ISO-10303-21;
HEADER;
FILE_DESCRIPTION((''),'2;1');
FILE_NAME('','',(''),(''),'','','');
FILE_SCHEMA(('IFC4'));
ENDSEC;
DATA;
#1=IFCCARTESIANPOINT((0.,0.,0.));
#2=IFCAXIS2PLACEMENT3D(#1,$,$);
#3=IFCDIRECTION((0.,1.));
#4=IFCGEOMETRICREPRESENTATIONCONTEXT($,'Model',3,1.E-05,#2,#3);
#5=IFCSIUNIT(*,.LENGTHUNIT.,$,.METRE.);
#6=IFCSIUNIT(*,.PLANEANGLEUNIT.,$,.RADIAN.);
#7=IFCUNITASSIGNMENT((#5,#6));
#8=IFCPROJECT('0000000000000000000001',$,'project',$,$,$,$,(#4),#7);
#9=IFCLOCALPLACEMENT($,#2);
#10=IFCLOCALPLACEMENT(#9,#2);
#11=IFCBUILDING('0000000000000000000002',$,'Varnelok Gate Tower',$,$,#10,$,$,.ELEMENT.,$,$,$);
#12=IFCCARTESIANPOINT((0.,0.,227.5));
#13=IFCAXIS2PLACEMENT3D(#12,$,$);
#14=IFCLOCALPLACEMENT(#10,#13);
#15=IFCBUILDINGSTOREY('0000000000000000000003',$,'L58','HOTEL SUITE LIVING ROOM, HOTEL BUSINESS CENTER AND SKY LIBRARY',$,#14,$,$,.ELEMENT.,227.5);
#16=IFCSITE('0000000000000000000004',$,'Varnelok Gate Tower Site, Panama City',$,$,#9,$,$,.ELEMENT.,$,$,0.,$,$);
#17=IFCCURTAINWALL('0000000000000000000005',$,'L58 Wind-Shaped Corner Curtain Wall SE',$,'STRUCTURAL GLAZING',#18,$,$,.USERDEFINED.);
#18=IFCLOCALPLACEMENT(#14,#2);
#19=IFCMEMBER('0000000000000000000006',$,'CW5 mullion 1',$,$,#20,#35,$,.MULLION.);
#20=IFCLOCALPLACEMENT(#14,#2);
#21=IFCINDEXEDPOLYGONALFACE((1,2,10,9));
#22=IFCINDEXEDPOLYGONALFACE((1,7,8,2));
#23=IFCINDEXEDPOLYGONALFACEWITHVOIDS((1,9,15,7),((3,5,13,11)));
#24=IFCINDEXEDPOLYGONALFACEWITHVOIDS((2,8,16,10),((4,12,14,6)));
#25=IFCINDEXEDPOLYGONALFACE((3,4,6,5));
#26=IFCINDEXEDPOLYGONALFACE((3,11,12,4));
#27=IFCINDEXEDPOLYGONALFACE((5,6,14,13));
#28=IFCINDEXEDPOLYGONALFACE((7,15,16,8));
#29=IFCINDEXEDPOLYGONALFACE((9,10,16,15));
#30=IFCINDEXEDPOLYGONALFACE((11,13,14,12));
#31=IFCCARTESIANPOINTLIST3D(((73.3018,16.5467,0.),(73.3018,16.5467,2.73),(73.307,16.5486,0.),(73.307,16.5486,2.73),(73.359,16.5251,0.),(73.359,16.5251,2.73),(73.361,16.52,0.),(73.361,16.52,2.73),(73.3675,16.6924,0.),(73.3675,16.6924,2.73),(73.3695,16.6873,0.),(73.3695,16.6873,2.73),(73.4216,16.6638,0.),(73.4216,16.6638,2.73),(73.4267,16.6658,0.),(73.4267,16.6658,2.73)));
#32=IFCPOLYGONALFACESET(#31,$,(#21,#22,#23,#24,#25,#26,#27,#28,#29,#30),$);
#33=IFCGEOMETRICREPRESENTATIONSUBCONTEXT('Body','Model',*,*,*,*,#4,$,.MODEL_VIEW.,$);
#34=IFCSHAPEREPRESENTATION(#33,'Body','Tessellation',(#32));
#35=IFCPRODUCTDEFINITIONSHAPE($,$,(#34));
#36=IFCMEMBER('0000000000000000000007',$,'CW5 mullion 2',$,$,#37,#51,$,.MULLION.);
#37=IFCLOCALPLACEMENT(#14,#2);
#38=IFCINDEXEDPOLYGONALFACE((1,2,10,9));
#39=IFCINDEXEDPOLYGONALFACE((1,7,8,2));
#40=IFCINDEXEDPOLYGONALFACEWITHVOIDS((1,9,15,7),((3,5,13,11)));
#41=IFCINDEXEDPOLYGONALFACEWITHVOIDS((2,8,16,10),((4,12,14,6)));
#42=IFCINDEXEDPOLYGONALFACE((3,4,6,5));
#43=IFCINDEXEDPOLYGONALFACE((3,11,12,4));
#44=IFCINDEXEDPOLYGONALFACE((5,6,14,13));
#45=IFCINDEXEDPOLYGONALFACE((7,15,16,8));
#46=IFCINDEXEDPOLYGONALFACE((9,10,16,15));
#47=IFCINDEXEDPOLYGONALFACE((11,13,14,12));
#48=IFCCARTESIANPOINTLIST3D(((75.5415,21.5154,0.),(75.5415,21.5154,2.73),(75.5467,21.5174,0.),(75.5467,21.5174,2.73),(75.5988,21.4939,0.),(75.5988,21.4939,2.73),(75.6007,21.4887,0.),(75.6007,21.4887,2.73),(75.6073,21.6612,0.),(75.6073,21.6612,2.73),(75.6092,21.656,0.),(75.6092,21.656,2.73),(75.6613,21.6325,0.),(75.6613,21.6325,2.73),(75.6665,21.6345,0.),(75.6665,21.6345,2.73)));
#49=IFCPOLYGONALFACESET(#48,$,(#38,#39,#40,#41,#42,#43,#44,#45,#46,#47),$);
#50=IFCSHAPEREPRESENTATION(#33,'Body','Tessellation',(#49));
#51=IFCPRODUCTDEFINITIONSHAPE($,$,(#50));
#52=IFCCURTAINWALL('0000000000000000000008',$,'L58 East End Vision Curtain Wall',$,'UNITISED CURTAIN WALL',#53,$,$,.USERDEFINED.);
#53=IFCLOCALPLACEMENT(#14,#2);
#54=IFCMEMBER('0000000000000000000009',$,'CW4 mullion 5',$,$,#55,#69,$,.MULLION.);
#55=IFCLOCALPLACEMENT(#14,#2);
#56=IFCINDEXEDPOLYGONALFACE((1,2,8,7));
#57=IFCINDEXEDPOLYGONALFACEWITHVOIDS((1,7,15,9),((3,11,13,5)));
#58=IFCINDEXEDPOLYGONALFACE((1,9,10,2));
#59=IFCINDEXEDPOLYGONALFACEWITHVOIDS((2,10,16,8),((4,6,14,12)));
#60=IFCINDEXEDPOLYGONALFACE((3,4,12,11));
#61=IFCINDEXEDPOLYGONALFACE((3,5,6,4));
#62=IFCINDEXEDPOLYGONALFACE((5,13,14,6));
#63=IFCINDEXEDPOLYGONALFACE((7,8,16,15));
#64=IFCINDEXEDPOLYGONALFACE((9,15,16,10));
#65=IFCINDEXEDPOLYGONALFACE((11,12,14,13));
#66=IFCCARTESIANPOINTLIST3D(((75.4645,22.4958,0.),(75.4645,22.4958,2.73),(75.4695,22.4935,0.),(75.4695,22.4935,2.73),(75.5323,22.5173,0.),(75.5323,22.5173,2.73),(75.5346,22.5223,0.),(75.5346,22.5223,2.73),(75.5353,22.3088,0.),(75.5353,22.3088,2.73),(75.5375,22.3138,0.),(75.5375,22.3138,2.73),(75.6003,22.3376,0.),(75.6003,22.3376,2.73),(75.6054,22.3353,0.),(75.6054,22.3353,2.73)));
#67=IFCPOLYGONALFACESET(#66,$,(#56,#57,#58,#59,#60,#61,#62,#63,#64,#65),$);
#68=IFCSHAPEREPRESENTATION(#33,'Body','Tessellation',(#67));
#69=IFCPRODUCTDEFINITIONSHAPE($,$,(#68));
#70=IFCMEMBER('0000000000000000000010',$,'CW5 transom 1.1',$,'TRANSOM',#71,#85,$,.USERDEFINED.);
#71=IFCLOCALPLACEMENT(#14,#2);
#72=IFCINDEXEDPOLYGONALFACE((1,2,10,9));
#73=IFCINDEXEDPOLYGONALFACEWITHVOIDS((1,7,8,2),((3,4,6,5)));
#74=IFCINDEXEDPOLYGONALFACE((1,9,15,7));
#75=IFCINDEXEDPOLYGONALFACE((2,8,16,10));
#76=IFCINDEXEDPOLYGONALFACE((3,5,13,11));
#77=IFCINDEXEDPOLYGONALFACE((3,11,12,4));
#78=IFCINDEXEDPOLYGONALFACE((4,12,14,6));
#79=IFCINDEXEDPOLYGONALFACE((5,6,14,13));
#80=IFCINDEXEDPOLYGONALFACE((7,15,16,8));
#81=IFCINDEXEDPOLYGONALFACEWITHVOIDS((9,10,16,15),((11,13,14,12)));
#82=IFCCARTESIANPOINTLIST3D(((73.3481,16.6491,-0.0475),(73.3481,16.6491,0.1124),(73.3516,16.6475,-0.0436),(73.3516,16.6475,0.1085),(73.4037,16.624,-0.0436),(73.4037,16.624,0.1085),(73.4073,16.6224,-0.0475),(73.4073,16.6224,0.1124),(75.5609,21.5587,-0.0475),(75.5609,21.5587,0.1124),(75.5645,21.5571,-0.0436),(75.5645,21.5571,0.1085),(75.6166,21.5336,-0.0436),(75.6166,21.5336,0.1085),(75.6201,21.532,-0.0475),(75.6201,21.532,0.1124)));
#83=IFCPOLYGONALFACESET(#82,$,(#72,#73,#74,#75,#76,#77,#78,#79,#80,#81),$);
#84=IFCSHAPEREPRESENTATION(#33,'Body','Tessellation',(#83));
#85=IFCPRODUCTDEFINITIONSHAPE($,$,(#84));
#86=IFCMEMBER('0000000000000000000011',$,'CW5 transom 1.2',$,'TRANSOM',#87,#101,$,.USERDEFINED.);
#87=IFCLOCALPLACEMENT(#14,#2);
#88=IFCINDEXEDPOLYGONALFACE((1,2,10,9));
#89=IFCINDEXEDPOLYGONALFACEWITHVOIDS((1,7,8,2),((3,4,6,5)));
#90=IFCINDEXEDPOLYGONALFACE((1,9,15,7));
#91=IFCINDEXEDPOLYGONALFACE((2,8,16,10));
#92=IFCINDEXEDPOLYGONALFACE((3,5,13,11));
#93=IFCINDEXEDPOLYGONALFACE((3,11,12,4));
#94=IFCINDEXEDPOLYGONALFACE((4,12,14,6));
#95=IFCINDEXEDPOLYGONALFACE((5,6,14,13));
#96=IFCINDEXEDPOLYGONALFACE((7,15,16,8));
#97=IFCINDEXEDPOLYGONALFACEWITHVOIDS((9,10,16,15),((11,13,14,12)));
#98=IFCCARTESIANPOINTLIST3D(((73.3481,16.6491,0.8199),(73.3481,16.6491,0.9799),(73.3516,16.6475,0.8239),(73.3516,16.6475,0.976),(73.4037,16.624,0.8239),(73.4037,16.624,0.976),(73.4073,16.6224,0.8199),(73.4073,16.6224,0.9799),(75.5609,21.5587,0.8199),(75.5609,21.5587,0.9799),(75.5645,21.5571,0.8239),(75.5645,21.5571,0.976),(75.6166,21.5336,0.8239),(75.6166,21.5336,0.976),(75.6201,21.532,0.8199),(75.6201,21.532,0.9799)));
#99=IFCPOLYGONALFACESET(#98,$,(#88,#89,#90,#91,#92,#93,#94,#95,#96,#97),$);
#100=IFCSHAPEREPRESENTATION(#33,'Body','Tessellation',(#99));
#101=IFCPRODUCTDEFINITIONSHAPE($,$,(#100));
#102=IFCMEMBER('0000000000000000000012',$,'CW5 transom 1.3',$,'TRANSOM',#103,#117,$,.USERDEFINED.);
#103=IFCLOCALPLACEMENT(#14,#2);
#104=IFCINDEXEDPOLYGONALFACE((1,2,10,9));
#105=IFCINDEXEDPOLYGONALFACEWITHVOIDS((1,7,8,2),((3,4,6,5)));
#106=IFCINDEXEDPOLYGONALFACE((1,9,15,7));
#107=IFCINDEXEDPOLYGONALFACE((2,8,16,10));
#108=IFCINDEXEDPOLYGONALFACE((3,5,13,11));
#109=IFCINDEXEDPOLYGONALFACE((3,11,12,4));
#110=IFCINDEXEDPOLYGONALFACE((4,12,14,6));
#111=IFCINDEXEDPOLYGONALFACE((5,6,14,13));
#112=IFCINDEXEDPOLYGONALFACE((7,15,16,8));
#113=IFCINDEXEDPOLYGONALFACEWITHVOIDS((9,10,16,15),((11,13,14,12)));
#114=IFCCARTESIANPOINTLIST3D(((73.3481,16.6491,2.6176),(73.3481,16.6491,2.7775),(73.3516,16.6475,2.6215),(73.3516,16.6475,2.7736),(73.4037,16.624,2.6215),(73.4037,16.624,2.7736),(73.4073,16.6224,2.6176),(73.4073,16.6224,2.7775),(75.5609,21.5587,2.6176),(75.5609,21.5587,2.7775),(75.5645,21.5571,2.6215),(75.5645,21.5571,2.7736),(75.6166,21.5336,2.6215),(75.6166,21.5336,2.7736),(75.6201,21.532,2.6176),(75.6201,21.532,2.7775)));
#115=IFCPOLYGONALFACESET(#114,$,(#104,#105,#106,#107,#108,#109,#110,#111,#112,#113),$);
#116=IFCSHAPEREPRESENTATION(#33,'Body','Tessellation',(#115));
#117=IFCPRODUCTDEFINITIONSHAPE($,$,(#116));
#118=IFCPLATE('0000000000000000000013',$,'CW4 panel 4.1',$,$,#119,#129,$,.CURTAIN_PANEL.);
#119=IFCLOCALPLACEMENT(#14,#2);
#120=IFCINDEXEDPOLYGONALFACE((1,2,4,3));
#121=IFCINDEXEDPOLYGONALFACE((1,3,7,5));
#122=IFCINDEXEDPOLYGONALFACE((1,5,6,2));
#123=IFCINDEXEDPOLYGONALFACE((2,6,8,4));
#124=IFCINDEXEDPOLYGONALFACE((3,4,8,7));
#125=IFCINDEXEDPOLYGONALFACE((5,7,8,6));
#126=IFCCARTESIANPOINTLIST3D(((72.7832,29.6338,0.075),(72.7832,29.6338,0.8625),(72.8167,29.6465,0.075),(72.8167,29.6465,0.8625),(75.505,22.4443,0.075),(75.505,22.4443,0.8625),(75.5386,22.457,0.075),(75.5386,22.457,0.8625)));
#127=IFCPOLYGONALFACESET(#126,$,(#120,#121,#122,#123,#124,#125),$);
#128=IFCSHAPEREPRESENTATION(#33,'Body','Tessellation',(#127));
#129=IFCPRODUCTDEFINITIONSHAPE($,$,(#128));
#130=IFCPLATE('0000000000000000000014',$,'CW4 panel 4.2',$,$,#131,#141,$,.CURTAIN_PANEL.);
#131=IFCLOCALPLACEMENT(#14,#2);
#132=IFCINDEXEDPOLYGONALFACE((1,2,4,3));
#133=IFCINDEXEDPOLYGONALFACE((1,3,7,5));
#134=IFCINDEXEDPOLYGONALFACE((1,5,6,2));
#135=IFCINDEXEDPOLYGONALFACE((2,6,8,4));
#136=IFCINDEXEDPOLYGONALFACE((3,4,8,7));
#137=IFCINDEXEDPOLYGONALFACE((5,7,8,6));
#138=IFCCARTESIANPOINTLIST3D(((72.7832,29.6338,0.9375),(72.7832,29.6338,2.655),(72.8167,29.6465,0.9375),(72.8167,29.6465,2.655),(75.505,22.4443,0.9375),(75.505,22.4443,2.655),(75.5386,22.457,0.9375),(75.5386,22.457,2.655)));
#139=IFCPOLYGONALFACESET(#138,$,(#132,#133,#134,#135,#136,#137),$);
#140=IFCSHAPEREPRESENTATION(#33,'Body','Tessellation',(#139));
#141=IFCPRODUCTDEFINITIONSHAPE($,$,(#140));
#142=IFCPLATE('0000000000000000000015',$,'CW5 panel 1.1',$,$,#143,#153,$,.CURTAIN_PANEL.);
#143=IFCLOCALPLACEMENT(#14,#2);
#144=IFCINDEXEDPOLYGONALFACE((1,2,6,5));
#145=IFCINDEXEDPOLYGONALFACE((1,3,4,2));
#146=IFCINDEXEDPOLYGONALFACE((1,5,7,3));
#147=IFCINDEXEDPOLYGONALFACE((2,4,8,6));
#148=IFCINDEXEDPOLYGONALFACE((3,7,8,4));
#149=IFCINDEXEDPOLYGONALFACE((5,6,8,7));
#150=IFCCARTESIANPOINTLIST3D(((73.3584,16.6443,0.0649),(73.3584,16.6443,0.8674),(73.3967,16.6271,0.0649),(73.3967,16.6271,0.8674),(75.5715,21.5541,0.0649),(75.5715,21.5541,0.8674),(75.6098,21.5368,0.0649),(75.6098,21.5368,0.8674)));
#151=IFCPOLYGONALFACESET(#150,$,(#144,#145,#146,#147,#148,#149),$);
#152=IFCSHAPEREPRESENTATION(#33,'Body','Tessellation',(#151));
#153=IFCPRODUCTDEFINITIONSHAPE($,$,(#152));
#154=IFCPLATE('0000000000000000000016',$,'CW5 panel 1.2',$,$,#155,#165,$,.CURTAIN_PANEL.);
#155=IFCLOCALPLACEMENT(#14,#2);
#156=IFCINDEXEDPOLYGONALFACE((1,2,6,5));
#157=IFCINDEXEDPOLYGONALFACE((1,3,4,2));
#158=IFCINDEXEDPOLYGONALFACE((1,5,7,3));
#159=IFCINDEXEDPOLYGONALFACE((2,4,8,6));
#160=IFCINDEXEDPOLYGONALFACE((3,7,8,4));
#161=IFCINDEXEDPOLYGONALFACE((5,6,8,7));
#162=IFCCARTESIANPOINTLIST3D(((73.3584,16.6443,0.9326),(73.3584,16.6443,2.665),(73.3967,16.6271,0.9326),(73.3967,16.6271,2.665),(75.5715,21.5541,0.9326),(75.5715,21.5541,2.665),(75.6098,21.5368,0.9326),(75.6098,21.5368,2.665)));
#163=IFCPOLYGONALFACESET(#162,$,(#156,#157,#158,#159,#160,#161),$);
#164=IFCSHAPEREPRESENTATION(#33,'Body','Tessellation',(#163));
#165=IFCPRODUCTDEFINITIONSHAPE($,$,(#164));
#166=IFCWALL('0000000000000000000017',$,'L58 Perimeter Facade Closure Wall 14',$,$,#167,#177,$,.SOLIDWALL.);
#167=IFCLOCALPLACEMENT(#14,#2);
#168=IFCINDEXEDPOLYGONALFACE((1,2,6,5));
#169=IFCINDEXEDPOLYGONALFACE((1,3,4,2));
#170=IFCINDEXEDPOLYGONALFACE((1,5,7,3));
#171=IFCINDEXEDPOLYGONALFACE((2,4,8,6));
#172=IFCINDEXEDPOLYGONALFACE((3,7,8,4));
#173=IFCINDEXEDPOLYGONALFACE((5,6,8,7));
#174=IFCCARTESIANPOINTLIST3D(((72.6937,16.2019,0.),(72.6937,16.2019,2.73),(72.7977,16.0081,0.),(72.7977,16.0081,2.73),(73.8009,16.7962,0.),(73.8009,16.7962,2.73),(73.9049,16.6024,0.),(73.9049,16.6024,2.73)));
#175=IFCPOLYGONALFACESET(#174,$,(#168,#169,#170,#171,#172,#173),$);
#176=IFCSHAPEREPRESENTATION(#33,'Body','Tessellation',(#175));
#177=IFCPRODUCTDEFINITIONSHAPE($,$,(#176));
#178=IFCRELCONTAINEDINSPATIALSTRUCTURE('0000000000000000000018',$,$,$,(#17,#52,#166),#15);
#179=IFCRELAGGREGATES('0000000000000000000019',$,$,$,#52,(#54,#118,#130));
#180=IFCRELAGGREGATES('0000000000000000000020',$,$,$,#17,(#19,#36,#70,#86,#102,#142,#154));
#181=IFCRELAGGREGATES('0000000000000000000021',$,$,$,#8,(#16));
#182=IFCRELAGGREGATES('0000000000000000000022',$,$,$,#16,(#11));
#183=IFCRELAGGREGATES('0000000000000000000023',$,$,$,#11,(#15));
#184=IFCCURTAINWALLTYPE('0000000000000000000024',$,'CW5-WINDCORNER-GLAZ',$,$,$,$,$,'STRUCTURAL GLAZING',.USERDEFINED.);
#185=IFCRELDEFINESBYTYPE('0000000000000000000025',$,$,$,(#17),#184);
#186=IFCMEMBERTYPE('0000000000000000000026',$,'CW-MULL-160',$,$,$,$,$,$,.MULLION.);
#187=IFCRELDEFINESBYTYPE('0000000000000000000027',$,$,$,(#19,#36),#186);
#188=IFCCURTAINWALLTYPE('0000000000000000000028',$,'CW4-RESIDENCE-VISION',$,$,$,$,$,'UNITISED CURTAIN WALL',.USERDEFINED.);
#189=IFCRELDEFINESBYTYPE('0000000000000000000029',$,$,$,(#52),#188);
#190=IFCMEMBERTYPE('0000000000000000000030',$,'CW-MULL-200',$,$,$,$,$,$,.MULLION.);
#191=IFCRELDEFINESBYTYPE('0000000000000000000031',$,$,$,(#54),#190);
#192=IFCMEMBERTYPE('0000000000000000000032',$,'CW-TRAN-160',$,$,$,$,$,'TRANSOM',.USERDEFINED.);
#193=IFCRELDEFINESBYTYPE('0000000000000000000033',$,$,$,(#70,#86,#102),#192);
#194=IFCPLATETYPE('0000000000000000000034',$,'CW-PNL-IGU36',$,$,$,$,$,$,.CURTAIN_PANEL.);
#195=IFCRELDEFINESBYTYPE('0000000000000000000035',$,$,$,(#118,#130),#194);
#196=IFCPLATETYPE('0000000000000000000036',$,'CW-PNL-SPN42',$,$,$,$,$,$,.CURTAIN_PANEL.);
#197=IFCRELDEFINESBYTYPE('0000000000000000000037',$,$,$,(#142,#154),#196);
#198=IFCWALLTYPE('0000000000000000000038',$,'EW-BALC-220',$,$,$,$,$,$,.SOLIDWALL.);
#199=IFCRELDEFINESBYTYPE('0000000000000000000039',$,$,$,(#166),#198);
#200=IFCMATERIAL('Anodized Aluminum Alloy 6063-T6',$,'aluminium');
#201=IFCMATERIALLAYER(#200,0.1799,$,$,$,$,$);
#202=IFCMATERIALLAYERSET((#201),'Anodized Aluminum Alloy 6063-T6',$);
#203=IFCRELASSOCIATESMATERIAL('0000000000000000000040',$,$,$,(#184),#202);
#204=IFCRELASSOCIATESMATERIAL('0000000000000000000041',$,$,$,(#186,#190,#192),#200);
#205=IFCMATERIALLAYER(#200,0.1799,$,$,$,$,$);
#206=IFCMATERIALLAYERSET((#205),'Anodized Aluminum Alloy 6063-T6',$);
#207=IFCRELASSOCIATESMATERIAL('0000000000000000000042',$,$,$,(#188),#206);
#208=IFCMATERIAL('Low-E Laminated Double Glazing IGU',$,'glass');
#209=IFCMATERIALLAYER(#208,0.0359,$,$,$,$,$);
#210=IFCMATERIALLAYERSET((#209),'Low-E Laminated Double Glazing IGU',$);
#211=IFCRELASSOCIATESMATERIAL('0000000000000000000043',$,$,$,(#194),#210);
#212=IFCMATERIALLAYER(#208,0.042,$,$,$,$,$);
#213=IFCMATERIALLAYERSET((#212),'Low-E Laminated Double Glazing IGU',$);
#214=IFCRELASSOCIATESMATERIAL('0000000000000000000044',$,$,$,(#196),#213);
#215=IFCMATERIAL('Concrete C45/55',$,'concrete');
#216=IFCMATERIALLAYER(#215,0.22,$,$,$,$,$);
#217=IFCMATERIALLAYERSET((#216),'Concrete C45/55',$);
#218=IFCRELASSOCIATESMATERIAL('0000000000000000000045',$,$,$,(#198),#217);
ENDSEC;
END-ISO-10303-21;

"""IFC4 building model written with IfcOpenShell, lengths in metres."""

from ifc_helpers import new_model, si_unit, direction, frame, frame_2d, origin, origin_2d, place, context, subcontext, project, spatial, rectangle, hollow_rectangle, extrude, source, transform, mapped, material, layer, layer_set, material_profile, profile_set, type_object, element, aggregate, save


model = new_model("IFC4")

# Units and contexts
model_context = context("Model", 3, precision=1e-05, world=origin(), true_north=direction((0.0, 1.0)))
body_context = subcontext(model_context, "Body", "Model", "MODEL_VIEW")
ifc_project = project(units=[si_unit("LENGTHUNIT", "METRE"), si_unit("PLANEANGLEUNIT", "RADIAN")], contexts=[model_context])

# Site, building, storey
site_placement = place(None, origin())
site = spatial("IfcSite", under=ifc_project, at=site_placement, Name="Varnelok Gate Tower Site, Panama City", CompositionType="ELEMENT", RefElevation=0.0)
building_placement = place(site_placement, origin())
building = spatial("IfcBuilding", under=site, at=building_placement, Name="Varnelok Gate Tower", CompositionType="ELEMENT")
storey_placement = place(building_placement, frame((0.0, 0.0, 227.5)))
storey = spatial("IfcBuildingStorey", under=building, at=storey_placement, Name="L58", Description="HOTEL SUITE LIVING ROOM, HOTEL BUSINESS CENTER AND SKY LIBRARY", CompositionType="ELEMENT", Elevation=227.5)

# Curtain wall, members
ifc_material_1 = material(Name="Anodized Aluminum Alloy 6063-T6", Category="aluminium")
ifc_layer_1 = layer(ifc_material_1, 0.1799)
ifc_layer_set_1 = layer_set([ifc_layer_1], Name="Anodized Aluminum Alloy 6063-T6")
curtain_wall_type_1 = type_object("IfcCurtainWallType", Name="CW5-WINDCORNER-GLAZ", ElementType="STRUCTURAL GLAZING", PredefinedType="USERDEFINED", material=ifc_layer_set_1)
curtain_wall_1_placement = place(storey_placement, origin())
curtain_wall_1 = element("IfcCurtainWall", 1, at=curtain_wall_1_placement, inside=storey, type_object=curtain_wall_type_1, Name="L58 Wind-Shaped Corner Curtain Wall SE", ObjectType="STRUCTURAL GLAZING", PredefinedType="USERDEFINED")
ifc_material_profile_1 = material_profile(ifc_material_1, hollow_rectangle(XDim=0.0649, YDim=0.1599, WallThickness=0.0039, at=origin_2d()), Name="ALU160X65X4")
ifc_profile_set_1 = profile_set([ifc_material_profile_1], Name="Anodized Aluminum Alloy 6063-T6")
member_type_1 = type_object("IfcMemberType", Name="CW-MULL-160", PredefinedType="MULLION", material=ifc_profile_set_1)
member_1_placement = place(storey_placement, frame((73.3643, 16.6062, 0.0), z_axis=(0.0, 0.0, 1.0), x_axis=(-0.911663, 0.410939, 0.0)))
member_1 = element("IfcMember", 2, at=member_1_placement, type_object=member_type_1, Name="CW5 mullion 1", PredefinedType="MULLION", context=body_context, shape_type="SweptSolid", body=[
    extrude(hollow_rectangle(XDim=0.0649, YDim=0.1599, WallThickness=0.0039, at=origin_2d()), origin(), (0.0, 0.0, 1.0), 2.73),
])
member_2_placement = place(storey_placement, frame((75.604, 21.575, 0.0), z_axis=(0.0, 0.0, 1.0), x_axis=(-0.911663, 0.410939, 0.0)))
member_2 = element("IfcMember", 3, at=member_2_placement, type_object=member_type_1, Name="CW5 mullion 2", PredefinedType="MULLION", context=body_context, shape_type="SweptSolid", body=[
    extrude(hollow_rectangle(XDim=0.0649, YDim=0.1599, WallThickness=0.0039, at=origin_2d()), origin(), (0.0, 0.0, 1.0), 2.73),
])

# Curtain wall, member
ifc_layer_2 = layer(ifc_material_1, 0.1799)
ifc_layer_set_2 = layer_set([ifc_layer_2], Name="Anodized Aluminum Alloy 6063-T6")
curtain_wall_type_2 = type_object("IfcCurtainWallType", Name="CW4-RESIDENCE-VISION", ElementType="UNITISED CURTAIN WALL", PredefinedType="USERDEFINED", material=ifc_layer_set_2)
curtain_wall_2_placement = place(storey_placement, origin())
curtain_wall_2 = element("IfcCurtainWall", 4, at=curtain_wall_2_placement, inside=storey, type_object=curtain_wall_type_2, Name="L58 East End Vision Curtain Wall", ObjectType="UNITISED CURTAIN WALL", PredefinedType="USERDEFINED")
ifc_material_profile_2 = material_profile(ifc_material_1, hollow_rectangle(XDim=0.075, YDim=0.2, WallThickness=0.0039, at=origin_2d()), Name="ALU200X75X4")
ifc_profile_set_2 = profile_set([ifc_material_profile_2], Name="Anodized Aluminum Alloy 6063-T6")
member_type_2 = type_object("IfcMemberType", Name="CW-MULL-200", PredefinedType="MULLION", material=ifc_profile_set_2)
member_3_placement = place(storey_placement, frame((75.5349, 22.4155, 0.0), z_axis=(0.0, 0.0, 1.0), x_axis=(0.935222, 0.354063, 0.0)))
member_3 = element("IfcMember", 5, at=member_3_placement, type_object=member_type_2, Name="CW4 mullion 5", PredefinedType="MULLION", context=body_context, shape_type="SweptSolid", body=[
    extrude(hollow_rectangle(XDim=0.075, YDim=0.2, WallThickness=0.0039, at=origin_2d()), origin(), (0.0, 0.0, 1.0), 2.73),
])

# Members
ifc_material_profile_3 = material_profile(ifc_material_1, hollow_rectangle(XDim=0.0649, YDim=0.1599, WallThickness=0.0039, at=origin_2d()), Name="ALU160X65X4")
ifc_profile_set_3 = profile_set([ifc_material_profile_3], Name="Anodized Aluminum Alloy 6063-T6")
member_type_3 = type_object("IfcMemberType", Name="CW-TRAN-160", ElementType="TRANSOM", PredefinedType="USERDEFINED", material=ifc_profile_set_3)
member_4_placement = place(storey_placement, frame((73.3777, 16.6357, 0.0325), z_axis=(0.410911, 0.911675, 0.0), x_axis=(-0.911675, 0.410911, 0.0)))
member_4 = element("IfcMember", 6, at=member_4_placement, type_object=member_type_3, Name="CW5 transom 1.1", ObjectType="TRANSOM", PredefinedType="USERDEFINED", context=body_context, shape_type="SweptSolid", body=[
    extrude(hollow_rectangle(XDim=0.0649, YDim=0.1599, WallThickness=0.0039, at=origin_2d()), origin(), (0.0, 0.0, 1.0), 5.3853),
])
member_5_placement = place(storey_placement, frame((73.3777, 16.6357, 0.8999), z_axis=(0.410911, 0.911675, 0.0), x_axis=(-0.911675, 0.410911, 0.0)))
member_5 = element("IfcMember", 7, at=member_5_placement, type_object=member_type_3, Name="CW5 transom 1.2", ObjectType="TRANSOM", PredefinedType="USERDEFINED", context=body_context, shape_type="SweptSolid", body=[
    extrude(hollow_rectangle(XDim=0.0649, YDim=0.1599, WallThickness=0.0039, at=origin_2d()), origin(), (0.0, 0.0, 1.0), 5.3853),
])
member_6_placement = place(storey_placement, frame((73.3777, 16.6357, 2.6975), z_axis=(0.410911, 0.911675, 0.0), x_axis=(-0.911675, 0.410911, 0.0)))
member_6 = element("IfcMember", 8, at=member_6_placement, type_object=member_type_3, Name="CW5 transom 1.3", ObjectType="TRANSOM", PredefinedType="USERDEFINED", context=body_context, shape_type="SweptSolid", body=[
    extrude(hollow_rectangle(XDim=0.0649, YDim=0.1599, WallThickness=0.0039, at=origin_2d()), origin(), (0.0, 0.0, 1.0), 5.3853),
])

# Plates
ifc_material_2 = material(Name="Low-E Laminated Double Glazing IGU", Category="glass")
ifc_layer_3 = layer(ifc_material_2, 0.0359)
ifc_layer_set_3 = layer_set([ifc_layer_3], Name="Low-E Laminated Double Glazing IGU")
plate_type_1 = type_object("IfcPlateType", Name="CW-PNL-IGU36", PredefinedType="CURTAIN_PANEL", material=ifc_layer_set_3)
shared_shape_1 = source(origin(), body_context, "Body", "SweptSolid", [
    extrude(rectangle(XDim=7.6875, YDim=0.0359, at=origin_2d()), origin(), (0.0, 0.0, 1.0), 0.7876),
])
plate_1_placement = place(storey_placement, frame((74.1609, 26.0454, 0.075), z_axis=(0.0, 0.0, 1.0), x_axis=(0.354063, -0.935222, 0.0)))
plate_1 = element("IfcPlate", 9, at=plate_1_placement, type_object=plate_type_1, Name="CW4 panel 4.1", PredefinedType="CURTAIN_PANEL", context=body_context, shape_type="MappedRepresentation", body=[
    mapped(shared_shape_1, transform((0.0, 0.0, 0.0), scale=1.0)),
])
shared_shape_2 = source(origin(), body_context, "Body", "SweptSolid", [
    extrude(rectangle(XDim=7.6875, YDim=0.0359, at=origin_2d()), origin(), (0.0, 0.0, 1.0), 1.7175),
])
plate_2_placement = place(storey_placement, frame((74.1609, 26.0454, 0.9375), z_axis=(0.0, 0.0, 1.0), x_axis=(0.354063, -0.935222, 0.0)))
plate_2 = element("IfcPlate", 10, at=plate_2_placement, type_object=plate_type_1, Name="CW4 panel 4.2", PredefinedType="CURTAIN_PANEL", context=body_context, shape_type="MappedRepresentation", body=[
    mapped(shared_shape_2, transform((0.0, 0.0, 0.0), scale=1.0)),
])
aggregate(curtain_wall_2, [member_3, plate_1, plate_2])
ifc_layer_4 = layer(ifc_material_2, 0.042)
ifc_layer_set_4 = layer_set([ifc_layer_4], Name="Low-E Laminated Double Glazing IGU")
plate_type_2 = type_object("IfcPlateType", Name="CW-PNL-SPN42", PredefinedType="CURTAIN_PANEL", material=ifc_layer_set_4)
shared_shape_3 = source(origin(), body_context, "Body", "SweptSolid", [
    extrude(rectangle(XDim=5.3855, YDim=0.042, at=origin_2d()), origin(), (0.0, 0.0, 1.0), 0.8025),
])
plate_3_placement = place(storey_placement, frame((74.4841, 19.0906, 0.0649), z_axis=(0.0, 0.0, 1.0), x_axis=(0.410939, 0.911663, 0.0)))
plate_3 = element("IfcPlate", 11, at=plate_3_placement, type_object=plate_type_2, Name="CW5 panel 1.1", PredefinedType="CURTAIN_PANEL", context=body_context, shape_type="MappedRepresentation", body=[
    mapped(shared_shape_3, transform((0.0, 0.0, 0.0), scale=1.0)),
])
shared_shape_4 = source(origin(), body_context, "Body", "SweptSolid", [
    extrude(rectangle(XDim=5.3855, YDim=0.042, at=origin_2d()), origin(), (0.0, 0.0, 1.0), 1.7324),
])
plate_4_placement = place(storey_placement, frame((74.4841, 19.0906, 0.9326), z_axis=(0.0, 0.0, 1.0), x_axis=(0.410939, 0.911663, 0.0)))
plate_4 = element("IfcPlate", 12, at=plate_4_placement, type_object=plate_type_2, Name="CW5 panel 1.2", PredefinedType="CURTAIN_PANEL", context=body_context, shape_type="MappedRepresentation", body=[
    mapped(shared_shape_4, transform((0.0, 0.0, 0.0), scale=1.0)),
])
aggregate(curtain_wall_1, [member_1, member_2, member_4, member_5, member_6, plate_3, plate_4])

# Wall
ifc_material_3 = material(Name="Concrete C45/55", Category="concrete")
ifc_layer_5 = layer(ifc_material_3, 0.22)
ifc_layer_set_5 = layer_set([ifc_layer_5], Name="Concrete C45/55")
wall_type = type_object("IfcWallType", Name="EW-BALC-220", PredefinedType="SOLIDWALL", material=ifc_layer_set_5)
wall_1_placement = place(storey_placement, frame((72.7456, 16.105, 0.0), z_axis=(0.0, 0.0, 1.0), x_axis=(0.881113, 0.472906, 0.0)))
element("IfcWall", 13, at=wall_1_placement, inside=storey, type_object=wall_type, Name="L58 Perimeter Facade Closure Wall 14", PredefinedType="SOLIDWALL", context=body_context, shape_type="SweptSolid", body=[
    extrude(rectangle(XDim=1.2566, YDim=0.22, at=frame_2d((0.6284, 0.0))), origin(), (0.0, 0.0, 1.0), 2.73),
])

save(model, "model.ifc")
